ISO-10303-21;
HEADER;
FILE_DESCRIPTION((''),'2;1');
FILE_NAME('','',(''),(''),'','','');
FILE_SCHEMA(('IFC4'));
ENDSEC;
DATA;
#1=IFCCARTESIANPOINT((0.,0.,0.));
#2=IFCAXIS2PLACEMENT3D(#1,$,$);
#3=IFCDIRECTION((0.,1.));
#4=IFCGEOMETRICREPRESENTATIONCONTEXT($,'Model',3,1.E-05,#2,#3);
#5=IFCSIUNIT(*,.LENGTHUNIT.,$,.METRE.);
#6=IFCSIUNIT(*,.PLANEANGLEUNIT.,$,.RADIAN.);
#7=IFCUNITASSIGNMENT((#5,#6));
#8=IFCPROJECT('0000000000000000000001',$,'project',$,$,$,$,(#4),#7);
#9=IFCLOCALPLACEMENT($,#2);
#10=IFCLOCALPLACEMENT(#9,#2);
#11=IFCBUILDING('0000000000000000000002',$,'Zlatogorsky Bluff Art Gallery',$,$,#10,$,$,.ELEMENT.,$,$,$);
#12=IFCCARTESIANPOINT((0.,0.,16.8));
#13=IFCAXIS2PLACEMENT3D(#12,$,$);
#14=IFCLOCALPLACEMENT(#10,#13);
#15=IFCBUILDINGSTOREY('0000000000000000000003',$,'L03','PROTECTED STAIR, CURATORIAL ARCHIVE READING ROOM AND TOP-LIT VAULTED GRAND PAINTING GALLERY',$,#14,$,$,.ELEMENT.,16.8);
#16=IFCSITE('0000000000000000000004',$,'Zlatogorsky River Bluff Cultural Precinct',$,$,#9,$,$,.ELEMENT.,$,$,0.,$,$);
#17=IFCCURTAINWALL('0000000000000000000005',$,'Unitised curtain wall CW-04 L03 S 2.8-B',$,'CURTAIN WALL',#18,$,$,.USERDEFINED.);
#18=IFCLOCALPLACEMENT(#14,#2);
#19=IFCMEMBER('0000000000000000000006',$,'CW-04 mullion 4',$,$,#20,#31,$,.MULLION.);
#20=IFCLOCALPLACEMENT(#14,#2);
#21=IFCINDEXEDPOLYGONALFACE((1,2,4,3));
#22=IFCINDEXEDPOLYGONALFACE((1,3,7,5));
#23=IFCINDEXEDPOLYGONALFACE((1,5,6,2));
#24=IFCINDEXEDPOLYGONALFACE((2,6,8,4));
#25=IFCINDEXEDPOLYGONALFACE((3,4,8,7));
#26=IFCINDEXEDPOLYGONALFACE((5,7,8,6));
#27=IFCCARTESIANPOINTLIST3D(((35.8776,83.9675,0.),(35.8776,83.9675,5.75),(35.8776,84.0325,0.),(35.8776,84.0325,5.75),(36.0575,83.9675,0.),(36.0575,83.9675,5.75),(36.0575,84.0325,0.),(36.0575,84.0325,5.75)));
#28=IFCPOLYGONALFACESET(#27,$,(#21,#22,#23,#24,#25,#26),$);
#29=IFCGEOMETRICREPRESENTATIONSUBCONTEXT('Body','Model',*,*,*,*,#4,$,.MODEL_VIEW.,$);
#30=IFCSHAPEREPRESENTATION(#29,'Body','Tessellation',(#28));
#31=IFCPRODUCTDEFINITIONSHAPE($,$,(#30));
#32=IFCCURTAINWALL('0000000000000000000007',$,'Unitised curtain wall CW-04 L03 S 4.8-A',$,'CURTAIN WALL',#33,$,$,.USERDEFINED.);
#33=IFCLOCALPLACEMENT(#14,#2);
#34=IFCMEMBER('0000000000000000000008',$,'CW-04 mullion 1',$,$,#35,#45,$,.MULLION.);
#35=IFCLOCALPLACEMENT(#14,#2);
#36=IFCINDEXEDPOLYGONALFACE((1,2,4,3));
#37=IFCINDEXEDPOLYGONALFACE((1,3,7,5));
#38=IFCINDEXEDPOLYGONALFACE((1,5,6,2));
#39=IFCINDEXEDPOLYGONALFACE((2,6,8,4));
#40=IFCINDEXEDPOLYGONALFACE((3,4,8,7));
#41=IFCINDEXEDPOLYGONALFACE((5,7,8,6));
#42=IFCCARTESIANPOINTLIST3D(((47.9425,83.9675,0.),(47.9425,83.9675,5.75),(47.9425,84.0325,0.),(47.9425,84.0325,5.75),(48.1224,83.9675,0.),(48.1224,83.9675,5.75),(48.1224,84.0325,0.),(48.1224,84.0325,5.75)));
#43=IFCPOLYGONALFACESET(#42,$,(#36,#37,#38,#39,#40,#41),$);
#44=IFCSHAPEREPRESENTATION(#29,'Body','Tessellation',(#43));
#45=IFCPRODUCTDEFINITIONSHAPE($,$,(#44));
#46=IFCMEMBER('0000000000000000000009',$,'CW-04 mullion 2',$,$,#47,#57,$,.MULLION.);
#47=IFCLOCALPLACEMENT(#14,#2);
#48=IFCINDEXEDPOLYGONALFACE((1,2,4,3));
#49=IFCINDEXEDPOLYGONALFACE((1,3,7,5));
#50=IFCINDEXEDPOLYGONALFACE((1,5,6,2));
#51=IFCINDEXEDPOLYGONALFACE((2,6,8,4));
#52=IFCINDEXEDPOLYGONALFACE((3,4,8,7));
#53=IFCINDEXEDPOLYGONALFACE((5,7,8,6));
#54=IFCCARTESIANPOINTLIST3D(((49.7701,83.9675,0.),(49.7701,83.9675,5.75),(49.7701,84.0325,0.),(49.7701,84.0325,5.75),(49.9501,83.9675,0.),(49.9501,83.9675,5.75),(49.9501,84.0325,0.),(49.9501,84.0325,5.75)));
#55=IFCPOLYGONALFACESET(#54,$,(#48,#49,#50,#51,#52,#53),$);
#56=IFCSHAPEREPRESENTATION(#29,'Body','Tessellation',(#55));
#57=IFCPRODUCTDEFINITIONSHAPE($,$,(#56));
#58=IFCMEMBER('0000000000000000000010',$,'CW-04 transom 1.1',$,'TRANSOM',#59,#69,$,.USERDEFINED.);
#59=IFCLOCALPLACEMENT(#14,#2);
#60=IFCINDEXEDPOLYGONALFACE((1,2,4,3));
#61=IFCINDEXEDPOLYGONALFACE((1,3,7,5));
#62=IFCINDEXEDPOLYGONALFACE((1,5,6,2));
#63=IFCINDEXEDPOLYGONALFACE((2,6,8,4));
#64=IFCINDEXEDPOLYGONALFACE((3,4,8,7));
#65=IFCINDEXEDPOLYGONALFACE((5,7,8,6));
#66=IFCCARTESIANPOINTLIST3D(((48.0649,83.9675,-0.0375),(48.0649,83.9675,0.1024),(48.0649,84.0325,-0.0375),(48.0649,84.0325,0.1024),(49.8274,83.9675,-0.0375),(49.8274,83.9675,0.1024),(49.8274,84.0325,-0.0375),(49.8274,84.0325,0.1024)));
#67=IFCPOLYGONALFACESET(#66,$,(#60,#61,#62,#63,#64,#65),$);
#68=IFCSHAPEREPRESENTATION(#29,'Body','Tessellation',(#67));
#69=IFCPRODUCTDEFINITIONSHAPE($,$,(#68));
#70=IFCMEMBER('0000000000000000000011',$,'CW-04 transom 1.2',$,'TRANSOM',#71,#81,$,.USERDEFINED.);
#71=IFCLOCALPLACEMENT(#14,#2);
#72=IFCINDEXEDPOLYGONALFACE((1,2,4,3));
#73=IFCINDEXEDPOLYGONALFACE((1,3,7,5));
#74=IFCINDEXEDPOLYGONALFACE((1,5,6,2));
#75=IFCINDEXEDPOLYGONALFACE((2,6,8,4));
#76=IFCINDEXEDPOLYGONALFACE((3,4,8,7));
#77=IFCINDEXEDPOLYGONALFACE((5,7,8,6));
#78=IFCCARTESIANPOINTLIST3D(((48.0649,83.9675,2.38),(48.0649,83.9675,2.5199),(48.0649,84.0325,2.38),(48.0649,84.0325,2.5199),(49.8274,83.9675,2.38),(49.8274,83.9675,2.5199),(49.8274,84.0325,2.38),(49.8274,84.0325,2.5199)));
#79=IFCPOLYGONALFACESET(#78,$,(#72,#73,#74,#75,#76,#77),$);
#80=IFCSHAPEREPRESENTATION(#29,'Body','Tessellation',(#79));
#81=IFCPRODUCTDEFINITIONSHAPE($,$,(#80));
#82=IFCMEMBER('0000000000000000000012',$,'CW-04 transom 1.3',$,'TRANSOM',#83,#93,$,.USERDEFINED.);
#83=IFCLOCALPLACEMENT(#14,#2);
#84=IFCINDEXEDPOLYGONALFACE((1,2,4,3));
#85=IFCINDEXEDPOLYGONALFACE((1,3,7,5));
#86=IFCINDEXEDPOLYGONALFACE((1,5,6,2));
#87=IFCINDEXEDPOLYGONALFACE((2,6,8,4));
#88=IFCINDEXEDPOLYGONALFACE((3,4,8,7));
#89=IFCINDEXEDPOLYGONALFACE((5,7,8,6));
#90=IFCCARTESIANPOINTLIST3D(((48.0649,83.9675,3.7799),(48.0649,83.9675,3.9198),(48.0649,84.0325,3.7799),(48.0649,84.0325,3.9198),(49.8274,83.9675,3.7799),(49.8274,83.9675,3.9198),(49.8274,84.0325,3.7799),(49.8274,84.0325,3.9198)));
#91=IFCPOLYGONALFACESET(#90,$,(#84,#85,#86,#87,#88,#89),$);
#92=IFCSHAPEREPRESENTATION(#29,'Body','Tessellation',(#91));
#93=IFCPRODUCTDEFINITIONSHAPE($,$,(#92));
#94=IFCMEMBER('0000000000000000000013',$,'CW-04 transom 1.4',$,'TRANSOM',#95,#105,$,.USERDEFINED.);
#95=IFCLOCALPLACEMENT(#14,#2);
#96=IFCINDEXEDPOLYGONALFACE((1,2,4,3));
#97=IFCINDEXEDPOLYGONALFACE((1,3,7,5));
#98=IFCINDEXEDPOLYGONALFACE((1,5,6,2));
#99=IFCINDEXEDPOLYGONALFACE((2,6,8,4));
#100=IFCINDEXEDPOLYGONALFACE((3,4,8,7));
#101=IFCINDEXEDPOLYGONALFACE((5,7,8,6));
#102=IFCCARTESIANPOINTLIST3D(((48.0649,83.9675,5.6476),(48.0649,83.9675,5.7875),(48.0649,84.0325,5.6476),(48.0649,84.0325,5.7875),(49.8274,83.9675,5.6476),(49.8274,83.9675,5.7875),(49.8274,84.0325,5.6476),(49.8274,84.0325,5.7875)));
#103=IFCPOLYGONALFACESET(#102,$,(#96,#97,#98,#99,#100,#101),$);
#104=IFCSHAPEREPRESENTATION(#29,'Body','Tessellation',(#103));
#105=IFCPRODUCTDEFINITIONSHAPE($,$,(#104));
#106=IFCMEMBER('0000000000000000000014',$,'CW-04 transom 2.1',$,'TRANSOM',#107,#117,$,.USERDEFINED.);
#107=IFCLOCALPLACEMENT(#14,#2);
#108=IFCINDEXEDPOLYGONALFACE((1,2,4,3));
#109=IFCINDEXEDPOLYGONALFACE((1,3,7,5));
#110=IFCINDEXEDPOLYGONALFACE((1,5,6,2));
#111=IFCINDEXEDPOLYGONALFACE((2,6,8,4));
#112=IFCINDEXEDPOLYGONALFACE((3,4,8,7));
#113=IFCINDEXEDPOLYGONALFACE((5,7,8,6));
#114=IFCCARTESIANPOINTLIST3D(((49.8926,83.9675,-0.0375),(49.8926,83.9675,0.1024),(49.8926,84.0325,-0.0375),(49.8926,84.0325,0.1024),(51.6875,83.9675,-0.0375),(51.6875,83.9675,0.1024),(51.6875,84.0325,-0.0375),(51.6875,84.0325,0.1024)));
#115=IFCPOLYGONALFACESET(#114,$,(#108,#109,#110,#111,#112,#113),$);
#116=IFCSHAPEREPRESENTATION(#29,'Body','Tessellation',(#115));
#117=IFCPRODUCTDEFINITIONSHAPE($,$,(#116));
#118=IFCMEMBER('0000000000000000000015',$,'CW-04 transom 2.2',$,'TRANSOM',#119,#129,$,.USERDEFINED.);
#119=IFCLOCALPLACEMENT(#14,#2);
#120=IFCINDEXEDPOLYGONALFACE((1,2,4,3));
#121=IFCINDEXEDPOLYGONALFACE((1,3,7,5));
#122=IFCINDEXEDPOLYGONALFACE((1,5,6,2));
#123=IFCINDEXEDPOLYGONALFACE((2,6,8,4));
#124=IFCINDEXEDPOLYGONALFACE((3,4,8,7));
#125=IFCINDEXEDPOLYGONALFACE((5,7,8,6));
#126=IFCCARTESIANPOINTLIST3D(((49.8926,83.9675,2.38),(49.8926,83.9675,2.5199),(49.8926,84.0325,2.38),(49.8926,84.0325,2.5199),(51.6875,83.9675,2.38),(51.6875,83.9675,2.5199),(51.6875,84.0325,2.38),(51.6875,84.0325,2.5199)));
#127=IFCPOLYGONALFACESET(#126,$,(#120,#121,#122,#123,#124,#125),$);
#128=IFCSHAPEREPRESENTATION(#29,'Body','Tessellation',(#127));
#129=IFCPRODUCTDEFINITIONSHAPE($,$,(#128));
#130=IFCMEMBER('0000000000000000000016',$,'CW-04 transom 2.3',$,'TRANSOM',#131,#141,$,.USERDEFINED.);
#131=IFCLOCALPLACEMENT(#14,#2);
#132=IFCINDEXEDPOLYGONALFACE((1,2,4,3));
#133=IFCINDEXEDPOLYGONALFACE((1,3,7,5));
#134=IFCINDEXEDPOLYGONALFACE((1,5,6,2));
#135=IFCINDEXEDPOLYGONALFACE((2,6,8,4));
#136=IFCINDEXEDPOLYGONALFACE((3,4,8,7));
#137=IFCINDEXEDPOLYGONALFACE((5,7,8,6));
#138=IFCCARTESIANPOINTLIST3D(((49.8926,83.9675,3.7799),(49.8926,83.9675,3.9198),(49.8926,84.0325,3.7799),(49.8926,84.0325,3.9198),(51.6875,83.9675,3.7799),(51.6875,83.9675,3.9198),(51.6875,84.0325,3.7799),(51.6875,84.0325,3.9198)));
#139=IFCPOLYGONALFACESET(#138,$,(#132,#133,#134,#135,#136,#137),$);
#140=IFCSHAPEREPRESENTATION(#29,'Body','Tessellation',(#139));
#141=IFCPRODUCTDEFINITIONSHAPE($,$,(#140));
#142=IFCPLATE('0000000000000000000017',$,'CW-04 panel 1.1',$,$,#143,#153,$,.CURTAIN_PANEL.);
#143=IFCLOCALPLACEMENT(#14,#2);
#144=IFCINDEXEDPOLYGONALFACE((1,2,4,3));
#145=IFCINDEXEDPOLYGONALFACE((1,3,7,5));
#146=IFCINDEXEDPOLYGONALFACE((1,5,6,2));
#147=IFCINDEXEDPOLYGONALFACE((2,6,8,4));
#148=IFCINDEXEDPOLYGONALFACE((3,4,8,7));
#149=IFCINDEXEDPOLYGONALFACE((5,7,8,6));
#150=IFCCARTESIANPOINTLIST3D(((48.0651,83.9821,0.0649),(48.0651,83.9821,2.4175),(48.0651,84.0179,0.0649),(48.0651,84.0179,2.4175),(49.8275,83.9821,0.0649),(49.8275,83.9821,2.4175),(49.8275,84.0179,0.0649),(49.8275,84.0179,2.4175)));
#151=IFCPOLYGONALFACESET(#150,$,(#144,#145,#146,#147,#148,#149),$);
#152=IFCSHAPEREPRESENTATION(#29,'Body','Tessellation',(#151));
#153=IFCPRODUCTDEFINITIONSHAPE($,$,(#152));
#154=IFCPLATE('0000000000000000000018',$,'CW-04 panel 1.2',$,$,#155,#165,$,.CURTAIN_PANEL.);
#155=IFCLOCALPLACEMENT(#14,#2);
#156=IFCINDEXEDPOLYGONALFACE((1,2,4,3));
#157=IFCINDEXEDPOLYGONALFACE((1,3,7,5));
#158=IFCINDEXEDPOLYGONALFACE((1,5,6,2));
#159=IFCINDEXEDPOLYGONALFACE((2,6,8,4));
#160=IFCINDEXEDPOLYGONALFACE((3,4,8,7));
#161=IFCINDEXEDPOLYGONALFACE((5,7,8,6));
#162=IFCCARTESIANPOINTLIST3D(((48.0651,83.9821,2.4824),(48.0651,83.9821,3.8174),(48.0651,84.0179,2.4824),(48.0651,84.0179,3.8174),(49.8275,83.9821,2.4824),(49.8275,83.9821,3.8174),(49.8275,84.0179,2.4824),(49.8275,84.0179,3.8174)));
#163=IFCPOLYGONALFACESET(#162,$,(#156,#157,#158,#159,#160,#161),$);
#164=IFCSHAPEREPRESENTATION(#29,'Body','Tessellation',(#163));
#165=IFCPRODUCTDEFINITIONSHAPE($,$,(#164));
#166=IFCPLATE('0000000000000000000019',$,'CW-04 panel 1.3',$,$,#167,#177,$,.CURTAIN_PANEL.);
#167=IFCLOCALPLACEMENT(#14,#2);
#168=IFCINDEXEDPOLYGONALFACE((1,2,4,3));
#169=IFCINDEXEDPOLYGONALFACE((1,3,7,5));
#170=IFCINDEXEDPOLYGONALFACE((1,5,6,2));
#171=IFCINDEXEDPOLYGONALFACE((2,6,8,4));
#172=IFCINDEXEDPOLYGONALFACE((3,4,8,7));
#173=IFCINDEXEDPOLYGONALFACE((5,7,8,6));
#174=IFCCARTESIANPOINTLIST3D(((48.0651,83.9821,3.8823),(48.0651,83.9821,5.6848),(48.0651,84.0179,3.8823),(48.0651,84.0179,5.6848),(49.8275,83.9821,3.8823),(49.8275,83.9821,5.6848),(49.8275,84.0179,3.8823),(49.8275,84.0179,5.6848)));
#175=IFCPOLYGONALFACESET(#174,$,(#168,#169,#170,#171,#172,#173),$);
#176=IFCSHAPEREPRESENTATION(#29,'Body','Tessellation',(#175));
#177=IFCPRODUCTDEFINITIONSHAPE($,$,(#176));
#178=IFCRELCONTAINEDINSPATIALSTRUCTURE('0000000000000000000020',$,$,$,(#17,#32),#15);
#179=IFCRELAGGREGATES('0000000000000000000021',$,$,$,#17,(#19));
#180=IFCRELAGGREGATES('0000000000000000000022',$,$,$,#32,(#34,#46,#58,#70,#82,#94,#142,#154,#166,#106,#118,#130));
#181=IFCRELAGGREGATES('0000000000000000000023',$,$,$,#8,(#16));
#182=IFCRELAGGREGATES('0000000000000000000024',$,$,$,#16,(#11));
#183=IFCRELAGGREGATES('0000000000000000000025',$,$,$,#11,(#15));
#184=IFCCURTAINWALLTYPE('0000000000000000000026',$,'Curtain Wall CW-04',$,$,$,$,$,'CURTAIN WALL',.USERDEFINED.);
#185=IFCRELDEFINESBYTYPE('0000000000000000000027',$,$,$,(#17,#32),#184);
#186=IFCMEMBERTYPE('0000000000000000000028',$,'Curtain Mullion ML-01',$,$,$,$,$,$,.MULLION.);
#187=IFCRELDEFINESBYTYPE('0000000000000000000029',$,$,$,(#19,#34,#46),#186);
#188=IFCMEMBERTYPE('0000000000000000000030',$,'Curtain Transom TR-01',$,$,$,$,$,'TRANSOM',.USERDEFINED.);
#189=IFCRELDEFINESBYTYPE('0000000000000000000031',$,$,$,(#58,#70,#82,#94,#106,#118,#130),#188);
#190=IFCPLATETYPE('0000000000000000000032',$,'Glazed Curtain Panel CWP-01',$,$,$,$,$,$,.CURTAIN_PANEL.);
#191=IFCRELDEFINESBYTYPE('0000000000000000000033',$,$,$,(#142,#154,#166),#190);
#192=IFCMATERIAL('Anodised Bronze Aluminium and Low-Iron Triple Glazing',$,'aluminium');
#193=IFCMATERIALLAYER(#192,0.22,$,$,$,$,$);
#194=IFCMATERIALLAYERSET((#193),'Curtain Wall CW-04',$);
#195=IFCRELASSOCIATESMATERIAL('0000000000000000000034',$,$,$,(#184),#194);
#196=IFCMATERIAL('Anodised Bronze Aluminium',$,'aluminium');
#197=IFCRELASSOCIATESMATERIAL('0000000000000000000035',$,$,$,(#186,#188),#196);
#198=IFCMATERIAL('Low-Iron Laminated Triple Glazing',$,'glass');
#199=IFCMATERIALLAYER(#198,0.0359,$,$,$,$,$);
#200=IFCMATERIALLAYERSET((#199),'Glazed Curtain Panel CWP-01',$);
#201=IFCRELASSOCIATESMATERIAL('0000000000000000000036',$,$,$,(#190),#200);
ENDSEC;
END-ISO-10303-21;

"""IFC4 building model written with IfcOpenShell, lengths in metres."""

from ifc_helpers import new_model, si_unit, direction, frame, origin, origin_2d, place, context, subcontext, project, spatial, rectangle, extrude, material, layer, layer_set, material_profile, profile_set, type_object, element, aggregate, save


model = new_model("IFC4")

# Units and contexts
model_context = context("Model", 3, precision=1e-05, world=origin(), true_north=direction((0.0, 1.0)))
body_context = subcontext(model_context, "Body", "Model", "MODEL_VIEW")
ifc_project = project(units=[si_unit("LENGTHUNIT", "METRE"), si_unit("PLANEANGLEUNIT", "RADIAN")], contexts=[model_context])

# Site, building, storey
site_placement = place(None, origin())
site = spatial("IfcSite", under=ifc_project, at=site_placement, Name="Zlatogorsky River Bluff Cultural Precinct", CompositionType="ELEMENT", RefElevation=0.0)
building_placement = place(site_placement, origin())
building = spatial("IfcBuilding", under=site, at=building_placement, Name="Zlatogorsky Bluff Art Gallery", CompositionType="ELEMENT")
storey_placement = place(building_placement, frame((0.0, 0.0, 16.8)))
storey = spatial("IfcBuildingStorey", under=building, at=storey_placement, Name="L03", Description="PROTECTED STAIR, CURATORIAL ARCHIVE READING ROOM AND TOP-LIT VAULTED GRAND PAINTING GALLERY", CompositionType="ELEMENT", Elevation=16.8)

# Curtain wall, member
ifc_material_1 = material(Name="Anodised Bronze Aluminium and Low-Iron Triple Glazing", Category="aluminium")
ifc_layer_1 = layer(ifc_material_1, 0.22)
ifc_layer_set_1 = layer_set([ifc_layer_1], Name="Curtain Wall CW-04")
curtain_wall_type = type_object("IfcCurtainWallType", Name="Curtain Wall CW-04", ElementType="CURTAIN WALL", PredefinedType="USERDEFINED", material=ifc_layer_set_1)
curtain_wall_1_placement = place(storey_placement, origin())
curtain_wall_1 = element("IfcCurtainWall", 1, at=curtain_wall_1_placement, inside=storey, type_object=curtain_wall_type, Name="Unitised curtain wall CW-04 L03 S 2.8-B", ObjectType="CURTAIN WALL", PredefinedType="USERDEFINED")
ifc_material_2 = material(Name="Anodised Bronze Aluminium", Category="aluminium")
ifc_material_profile_1 = material_profile(ifc_material_2, rectangle(XDim=0.0649, YDim=0.1799, at=origin_2d()), Name="ALU MULLION 65x180")
ifc_profile_set_1 = profile_set([ifc_material_profile_1], Name="Anodised Bronze Aluminium")
member_type_1 = type_object("IfcMemberType", Name="Curtain Mullion ML-01", PredefinedType="MULLION", material=ifc_profile_set_1)
member_1_placement = place(storey_placement, frame((35.9675, 84.0, 0.0), z_axis=(0.0, 0.0, 1.0), x_axis=(0.0, 1.0, 0.0)))
member_1 = element("IfcMember", 2, at=member_1_placement, type_object=member_type_1, Name="CW-04 mullion 4", PredefinedType="MULLION", context=body_context, shape_type="SweptSolid", body=[
    extrude(rectangle(XDim=0.0649, YDim=0.1799, at=origin_2d()), origin(), (0.0, 0.0, 1.0), 5.75),
])
aggregate(curtain_wall_1, [member_1])

# Curtain wall, members, plates
curtain_wall_2_placement = place(storey_placement, origin())
curtain_wall_2 = element("IfcCurtainWall", 3, at=curtain_wall_2_placement, inside=storey, type_object=curtain_wall_type, Name="Unitised curtain wall CW-04 L03 S 4.8-A", ObjectType="CURTAIN WALL", PredefinedType="USERDEFINED")
member_2_placement = place(storey_placement, frame((48.0325, 84.0, 0.0), z_axis=(0.0, 0.0, 1.0), x_axis=(0.0, 1.0, 0.0)))
member_2 = element("IfcMember", 4, at=member_2_placement, type_object=member_type_1, Name="CW-04 mullion 1", PredefinedType="MULLION", context=body_context, shape_type="SweptSolid", body=[
    extrude(rectangle(XDim=0.0649, YDim=0.1799, at=origin_2d()), origin(), (0.0, 0.0, 1.0), 5.75),
])
member_3_placement = place(storey_placement, frame((49.8601, 84.0, 0.0), z_axis=(0.0, 0.0, 1.0), x_axis=(0.0, 1.0, 0.0)))
member_3 = element("IfcMember", 5, at=member_3_placement, type_object=member_type_1, Name="CW-04 mullion 2", PredefinedType="MULLION", context=body_context, shape_type="SweptSolid", body=[
    extrude(rectangle(XDim=0.0649, YDim=0.1799, at=origin_2d()), origin(), (0.0, 0.0, 1.0), 5.75),
])
ifc_material_profile_2 = material_profile(ifc_material_2, rectangle(XDim=0.0649, YDim=0.1399, at=origin_2d()), Name="ALU TRANSOM 65x140")
ifc_profile_set_2 = profile_set([ifc_material_profile_2], Name="Anodised Bronze Aluminium")
member_type_2 = type_object("IfcMemberType", Name="Curtain Transom TR-01", ElementType="TRANSOM", PredefinedType="USERDEFINED", material=ifc_profile_set_2)
member_4_placement = place(storey_placement, frame((48.0649, 84.0, 0.0325), z_axis=(1.0, 0.0, 0.0), x_axis=(0.0, 1.0, 0.0)))
member_4 = element("IfcMember", 6, at=member_4_placement, type_object=member_type_2, Name="CW-04 transom 1.1", ObjectType="TRANSOM", PredefinedType="USERDEFINED", context=body_context, shape_type="SweptSolid", body=[
    extrude(rectangle(XDim=0.0649, YDim=0.1399, at=origin_2d()), origin(), (0.0, 0.0, 1.0), 1.7625),
])
member_5_placement = place(storey_placement, frame((48.0649, 84.0, 2.45), z_axis=(1.0, 0.0, 0.0), x_axis=(0.0, 1.0, 0.0)))
member_5 = element("IfcMember", 7, at=member_5_placement, type_object=member_type_2, Name="CW-04 transom 1.2", ObjectType="TRANSOM", PredefinedType="USERDEFINED", context=body_context, shape_type="SweptSolid", body=[
    extrude(rectangle(XDim=0.0649, YDim=0.1399, at=origin_2d()), origin(), (0.0, 0.0, 1.0), 1.7625),
])
member_6_placement = place(storey_placement, frame((48.0649, 84.0, 3.8499), z_axis=(1.0, 0.0, 0.0), x_axis=(0.0, 1.0, 0.0)))
member_6 = element("IfcMember", 8, at=member_6_placement, type_object=member_type_2, Name="CW-04 transom 1.3", ObjectType="TRANSOM", PredefinedType="USERDEFINED", context=body_context, shape_type="SweptSolid", body=[
    extrude(rectangle(XDim=0.0649, YDim=0.1399, at=origin_2d()), origin(), (0.0, 0.0, 1.0), 1.7625),
])
member_7_placement = place(storey_placement, frame((48.0649, 84.0, 5.7175), z_axis=(1.0, 0.0, 0.0), x_axis=(0.0, 1.0, 0.0)))
member_7 = element("IfcMember", 9, at=member_7_placement, type_object=member_type_2, Name="CW-04 transom 1.4", ObjectType="TRANSOM", PredefinedType="USERDEFINED", context=body_context, shape_type="SweptSolid", body=[
    extrude(rectangle(XDim=0.0649, YDim=0.1399, at=origin_2d()), origin(), (0.0, 0.0, 1.0), 1.7625),
])
member_8_placement = place(storey_placement, frame((49.8926, 84.0, 0.0325), z_axis=(1.0, 0.0, 0.0), x_axis=(0.0, 1.0, 0.0)))
member_8 = element("IfcMember", 10, at=member_8_placement, type_object=member_type_2, Name="CW-04 transom 2.1", ObjectType="TRANSOM", PredefinedType="USERDEFINED", context=body_context, shape_type="SweptSolid", body=[
    extrude(rectangle(XDim=0.0649, YDim=0.1399, at=origin_2d()), origin(), (0.0, 0.0, 1.0), 1.7949),
])
member_9_placement = place(storey_placement, frame((49.8926, 84.0, 2.45), z_axis=(1.0, 0.0, 0.0), x_axis=(0.0, 1.0, 0.0)))
member_9 = element("IfcMember", 11, at=member_9_placement, type_object=member_type_2, Name="CW-04 transom 2.2", ObjectType="TRANSOM", PredefinedType="USERDEFINED", context=body_context, shape_type="SweptSolid", body=[
    extrude(rectangle(XDim=0.0649, YDim=0.1399, at=origin_2d()), origin(), (0.0, 0.0, 1.0), 1.7949),
])
member_10_placement = place(storey_placement, frame((49.8926, 84.0, 3.8499), z_axis=(1.0, 0.0, 0.0), x_axis=(0.0, 1.0, 0.0)))
member_10 = element("IfcMember", 12, at=member_10_placement, type_object=member_type_2, Name="CW-04 transom 2.3", ObjectType="TRANSOM", PredefinedType="USERDEFINED", context=body_context, shape_type="SweptSolid", body=[
    extrude(rectangle(XDim=0.0649, YDim=0.1399, at=origin_2d()), origin(), (0.0, 0.0, 1.0), 1.7949),
])
ifc_material_3 = material(Name="Low-Iron Laminated Triple Glazing", Category="glass")
ifc_layer_2 = layer(ifc_material_3, 0.0359)
ifc_layer_set_2 = layer_set([ifc_layer_2], Name="Glazed Curtain Panel CWP-01")
plate_type = type_object("IfcPlateType", Name="Glazed Curtain Panel CWP-01", PredefinedType="CURTAIN_PANEL", material=ifc_layer_set_2)
plate_1_placement = place(storey_placement, frame((48.9463, 84.0, 0.0649), z_axis=(0.0, 0.0, 1.0), x_axis=(1.0, 0.0, 0.0)))
plate_1 = element("IfcPlate", 13, at=plate_1_placement, type_object=plate_type, Name="CW-04 panel 1.1", PredefinedType="CURTAIN_PANEL", context=body_context, shape_type="SweptSolid", body=[
    extrude(rectangle(XDim=1.7625, YDim=0.0359, at=origin_2d()), origin(), (0.0, 0.0, 1.0), 2.3525),
])
plate_2_placement = place(storey_placement, frame((48.9463, 84.0, 2.4824), z_axis=(0.0, 0.0, 1.0), x_axis=(1.0, 0.0, 0.0)))
plate_2 = element("IfcPlate", 14, at=plate_2_placement, type_object=plate_type, Name="CW-04 panel 1.2", PredefinedType="CURTAIN_PANEL", context=body_context, shape_type="SweptSolid", body=[
    extrude(rectangle(XDim=1.7625, YDim=0.0359, at=origin_2d()), origin(), (0.0, 0.0, 1.0), 1.335),
])
plate_3_placement = place(storey_placement, frame((48.9463, 84.0, 3.8823), z_axis=(0.0, 0.0, 1.0), x_axis=(1.0, 0.0, 0.0)))
plate_3 = element("IfcPlate", 15, at=plate_3_placement, type_object=plate_type, Name="CW-04 panel 1.3", PredefinedType="CURTAIN_PANEL", context=body_context, shape_type="SweptSolid", body=[
    extrude(rectangle(XDim=1.7625, YDim=0.0359, at=origin_2d()), origin(), (0.0, 0.0, 1.0), 1.8025),
])
aggregate(curtain_wall_2, [member_2, member_3, member_4, member_5, member_6, member_7, plate_1, plate_2, plate_3, member_8, member_9, member_10])

save(model, "model.ifc")
